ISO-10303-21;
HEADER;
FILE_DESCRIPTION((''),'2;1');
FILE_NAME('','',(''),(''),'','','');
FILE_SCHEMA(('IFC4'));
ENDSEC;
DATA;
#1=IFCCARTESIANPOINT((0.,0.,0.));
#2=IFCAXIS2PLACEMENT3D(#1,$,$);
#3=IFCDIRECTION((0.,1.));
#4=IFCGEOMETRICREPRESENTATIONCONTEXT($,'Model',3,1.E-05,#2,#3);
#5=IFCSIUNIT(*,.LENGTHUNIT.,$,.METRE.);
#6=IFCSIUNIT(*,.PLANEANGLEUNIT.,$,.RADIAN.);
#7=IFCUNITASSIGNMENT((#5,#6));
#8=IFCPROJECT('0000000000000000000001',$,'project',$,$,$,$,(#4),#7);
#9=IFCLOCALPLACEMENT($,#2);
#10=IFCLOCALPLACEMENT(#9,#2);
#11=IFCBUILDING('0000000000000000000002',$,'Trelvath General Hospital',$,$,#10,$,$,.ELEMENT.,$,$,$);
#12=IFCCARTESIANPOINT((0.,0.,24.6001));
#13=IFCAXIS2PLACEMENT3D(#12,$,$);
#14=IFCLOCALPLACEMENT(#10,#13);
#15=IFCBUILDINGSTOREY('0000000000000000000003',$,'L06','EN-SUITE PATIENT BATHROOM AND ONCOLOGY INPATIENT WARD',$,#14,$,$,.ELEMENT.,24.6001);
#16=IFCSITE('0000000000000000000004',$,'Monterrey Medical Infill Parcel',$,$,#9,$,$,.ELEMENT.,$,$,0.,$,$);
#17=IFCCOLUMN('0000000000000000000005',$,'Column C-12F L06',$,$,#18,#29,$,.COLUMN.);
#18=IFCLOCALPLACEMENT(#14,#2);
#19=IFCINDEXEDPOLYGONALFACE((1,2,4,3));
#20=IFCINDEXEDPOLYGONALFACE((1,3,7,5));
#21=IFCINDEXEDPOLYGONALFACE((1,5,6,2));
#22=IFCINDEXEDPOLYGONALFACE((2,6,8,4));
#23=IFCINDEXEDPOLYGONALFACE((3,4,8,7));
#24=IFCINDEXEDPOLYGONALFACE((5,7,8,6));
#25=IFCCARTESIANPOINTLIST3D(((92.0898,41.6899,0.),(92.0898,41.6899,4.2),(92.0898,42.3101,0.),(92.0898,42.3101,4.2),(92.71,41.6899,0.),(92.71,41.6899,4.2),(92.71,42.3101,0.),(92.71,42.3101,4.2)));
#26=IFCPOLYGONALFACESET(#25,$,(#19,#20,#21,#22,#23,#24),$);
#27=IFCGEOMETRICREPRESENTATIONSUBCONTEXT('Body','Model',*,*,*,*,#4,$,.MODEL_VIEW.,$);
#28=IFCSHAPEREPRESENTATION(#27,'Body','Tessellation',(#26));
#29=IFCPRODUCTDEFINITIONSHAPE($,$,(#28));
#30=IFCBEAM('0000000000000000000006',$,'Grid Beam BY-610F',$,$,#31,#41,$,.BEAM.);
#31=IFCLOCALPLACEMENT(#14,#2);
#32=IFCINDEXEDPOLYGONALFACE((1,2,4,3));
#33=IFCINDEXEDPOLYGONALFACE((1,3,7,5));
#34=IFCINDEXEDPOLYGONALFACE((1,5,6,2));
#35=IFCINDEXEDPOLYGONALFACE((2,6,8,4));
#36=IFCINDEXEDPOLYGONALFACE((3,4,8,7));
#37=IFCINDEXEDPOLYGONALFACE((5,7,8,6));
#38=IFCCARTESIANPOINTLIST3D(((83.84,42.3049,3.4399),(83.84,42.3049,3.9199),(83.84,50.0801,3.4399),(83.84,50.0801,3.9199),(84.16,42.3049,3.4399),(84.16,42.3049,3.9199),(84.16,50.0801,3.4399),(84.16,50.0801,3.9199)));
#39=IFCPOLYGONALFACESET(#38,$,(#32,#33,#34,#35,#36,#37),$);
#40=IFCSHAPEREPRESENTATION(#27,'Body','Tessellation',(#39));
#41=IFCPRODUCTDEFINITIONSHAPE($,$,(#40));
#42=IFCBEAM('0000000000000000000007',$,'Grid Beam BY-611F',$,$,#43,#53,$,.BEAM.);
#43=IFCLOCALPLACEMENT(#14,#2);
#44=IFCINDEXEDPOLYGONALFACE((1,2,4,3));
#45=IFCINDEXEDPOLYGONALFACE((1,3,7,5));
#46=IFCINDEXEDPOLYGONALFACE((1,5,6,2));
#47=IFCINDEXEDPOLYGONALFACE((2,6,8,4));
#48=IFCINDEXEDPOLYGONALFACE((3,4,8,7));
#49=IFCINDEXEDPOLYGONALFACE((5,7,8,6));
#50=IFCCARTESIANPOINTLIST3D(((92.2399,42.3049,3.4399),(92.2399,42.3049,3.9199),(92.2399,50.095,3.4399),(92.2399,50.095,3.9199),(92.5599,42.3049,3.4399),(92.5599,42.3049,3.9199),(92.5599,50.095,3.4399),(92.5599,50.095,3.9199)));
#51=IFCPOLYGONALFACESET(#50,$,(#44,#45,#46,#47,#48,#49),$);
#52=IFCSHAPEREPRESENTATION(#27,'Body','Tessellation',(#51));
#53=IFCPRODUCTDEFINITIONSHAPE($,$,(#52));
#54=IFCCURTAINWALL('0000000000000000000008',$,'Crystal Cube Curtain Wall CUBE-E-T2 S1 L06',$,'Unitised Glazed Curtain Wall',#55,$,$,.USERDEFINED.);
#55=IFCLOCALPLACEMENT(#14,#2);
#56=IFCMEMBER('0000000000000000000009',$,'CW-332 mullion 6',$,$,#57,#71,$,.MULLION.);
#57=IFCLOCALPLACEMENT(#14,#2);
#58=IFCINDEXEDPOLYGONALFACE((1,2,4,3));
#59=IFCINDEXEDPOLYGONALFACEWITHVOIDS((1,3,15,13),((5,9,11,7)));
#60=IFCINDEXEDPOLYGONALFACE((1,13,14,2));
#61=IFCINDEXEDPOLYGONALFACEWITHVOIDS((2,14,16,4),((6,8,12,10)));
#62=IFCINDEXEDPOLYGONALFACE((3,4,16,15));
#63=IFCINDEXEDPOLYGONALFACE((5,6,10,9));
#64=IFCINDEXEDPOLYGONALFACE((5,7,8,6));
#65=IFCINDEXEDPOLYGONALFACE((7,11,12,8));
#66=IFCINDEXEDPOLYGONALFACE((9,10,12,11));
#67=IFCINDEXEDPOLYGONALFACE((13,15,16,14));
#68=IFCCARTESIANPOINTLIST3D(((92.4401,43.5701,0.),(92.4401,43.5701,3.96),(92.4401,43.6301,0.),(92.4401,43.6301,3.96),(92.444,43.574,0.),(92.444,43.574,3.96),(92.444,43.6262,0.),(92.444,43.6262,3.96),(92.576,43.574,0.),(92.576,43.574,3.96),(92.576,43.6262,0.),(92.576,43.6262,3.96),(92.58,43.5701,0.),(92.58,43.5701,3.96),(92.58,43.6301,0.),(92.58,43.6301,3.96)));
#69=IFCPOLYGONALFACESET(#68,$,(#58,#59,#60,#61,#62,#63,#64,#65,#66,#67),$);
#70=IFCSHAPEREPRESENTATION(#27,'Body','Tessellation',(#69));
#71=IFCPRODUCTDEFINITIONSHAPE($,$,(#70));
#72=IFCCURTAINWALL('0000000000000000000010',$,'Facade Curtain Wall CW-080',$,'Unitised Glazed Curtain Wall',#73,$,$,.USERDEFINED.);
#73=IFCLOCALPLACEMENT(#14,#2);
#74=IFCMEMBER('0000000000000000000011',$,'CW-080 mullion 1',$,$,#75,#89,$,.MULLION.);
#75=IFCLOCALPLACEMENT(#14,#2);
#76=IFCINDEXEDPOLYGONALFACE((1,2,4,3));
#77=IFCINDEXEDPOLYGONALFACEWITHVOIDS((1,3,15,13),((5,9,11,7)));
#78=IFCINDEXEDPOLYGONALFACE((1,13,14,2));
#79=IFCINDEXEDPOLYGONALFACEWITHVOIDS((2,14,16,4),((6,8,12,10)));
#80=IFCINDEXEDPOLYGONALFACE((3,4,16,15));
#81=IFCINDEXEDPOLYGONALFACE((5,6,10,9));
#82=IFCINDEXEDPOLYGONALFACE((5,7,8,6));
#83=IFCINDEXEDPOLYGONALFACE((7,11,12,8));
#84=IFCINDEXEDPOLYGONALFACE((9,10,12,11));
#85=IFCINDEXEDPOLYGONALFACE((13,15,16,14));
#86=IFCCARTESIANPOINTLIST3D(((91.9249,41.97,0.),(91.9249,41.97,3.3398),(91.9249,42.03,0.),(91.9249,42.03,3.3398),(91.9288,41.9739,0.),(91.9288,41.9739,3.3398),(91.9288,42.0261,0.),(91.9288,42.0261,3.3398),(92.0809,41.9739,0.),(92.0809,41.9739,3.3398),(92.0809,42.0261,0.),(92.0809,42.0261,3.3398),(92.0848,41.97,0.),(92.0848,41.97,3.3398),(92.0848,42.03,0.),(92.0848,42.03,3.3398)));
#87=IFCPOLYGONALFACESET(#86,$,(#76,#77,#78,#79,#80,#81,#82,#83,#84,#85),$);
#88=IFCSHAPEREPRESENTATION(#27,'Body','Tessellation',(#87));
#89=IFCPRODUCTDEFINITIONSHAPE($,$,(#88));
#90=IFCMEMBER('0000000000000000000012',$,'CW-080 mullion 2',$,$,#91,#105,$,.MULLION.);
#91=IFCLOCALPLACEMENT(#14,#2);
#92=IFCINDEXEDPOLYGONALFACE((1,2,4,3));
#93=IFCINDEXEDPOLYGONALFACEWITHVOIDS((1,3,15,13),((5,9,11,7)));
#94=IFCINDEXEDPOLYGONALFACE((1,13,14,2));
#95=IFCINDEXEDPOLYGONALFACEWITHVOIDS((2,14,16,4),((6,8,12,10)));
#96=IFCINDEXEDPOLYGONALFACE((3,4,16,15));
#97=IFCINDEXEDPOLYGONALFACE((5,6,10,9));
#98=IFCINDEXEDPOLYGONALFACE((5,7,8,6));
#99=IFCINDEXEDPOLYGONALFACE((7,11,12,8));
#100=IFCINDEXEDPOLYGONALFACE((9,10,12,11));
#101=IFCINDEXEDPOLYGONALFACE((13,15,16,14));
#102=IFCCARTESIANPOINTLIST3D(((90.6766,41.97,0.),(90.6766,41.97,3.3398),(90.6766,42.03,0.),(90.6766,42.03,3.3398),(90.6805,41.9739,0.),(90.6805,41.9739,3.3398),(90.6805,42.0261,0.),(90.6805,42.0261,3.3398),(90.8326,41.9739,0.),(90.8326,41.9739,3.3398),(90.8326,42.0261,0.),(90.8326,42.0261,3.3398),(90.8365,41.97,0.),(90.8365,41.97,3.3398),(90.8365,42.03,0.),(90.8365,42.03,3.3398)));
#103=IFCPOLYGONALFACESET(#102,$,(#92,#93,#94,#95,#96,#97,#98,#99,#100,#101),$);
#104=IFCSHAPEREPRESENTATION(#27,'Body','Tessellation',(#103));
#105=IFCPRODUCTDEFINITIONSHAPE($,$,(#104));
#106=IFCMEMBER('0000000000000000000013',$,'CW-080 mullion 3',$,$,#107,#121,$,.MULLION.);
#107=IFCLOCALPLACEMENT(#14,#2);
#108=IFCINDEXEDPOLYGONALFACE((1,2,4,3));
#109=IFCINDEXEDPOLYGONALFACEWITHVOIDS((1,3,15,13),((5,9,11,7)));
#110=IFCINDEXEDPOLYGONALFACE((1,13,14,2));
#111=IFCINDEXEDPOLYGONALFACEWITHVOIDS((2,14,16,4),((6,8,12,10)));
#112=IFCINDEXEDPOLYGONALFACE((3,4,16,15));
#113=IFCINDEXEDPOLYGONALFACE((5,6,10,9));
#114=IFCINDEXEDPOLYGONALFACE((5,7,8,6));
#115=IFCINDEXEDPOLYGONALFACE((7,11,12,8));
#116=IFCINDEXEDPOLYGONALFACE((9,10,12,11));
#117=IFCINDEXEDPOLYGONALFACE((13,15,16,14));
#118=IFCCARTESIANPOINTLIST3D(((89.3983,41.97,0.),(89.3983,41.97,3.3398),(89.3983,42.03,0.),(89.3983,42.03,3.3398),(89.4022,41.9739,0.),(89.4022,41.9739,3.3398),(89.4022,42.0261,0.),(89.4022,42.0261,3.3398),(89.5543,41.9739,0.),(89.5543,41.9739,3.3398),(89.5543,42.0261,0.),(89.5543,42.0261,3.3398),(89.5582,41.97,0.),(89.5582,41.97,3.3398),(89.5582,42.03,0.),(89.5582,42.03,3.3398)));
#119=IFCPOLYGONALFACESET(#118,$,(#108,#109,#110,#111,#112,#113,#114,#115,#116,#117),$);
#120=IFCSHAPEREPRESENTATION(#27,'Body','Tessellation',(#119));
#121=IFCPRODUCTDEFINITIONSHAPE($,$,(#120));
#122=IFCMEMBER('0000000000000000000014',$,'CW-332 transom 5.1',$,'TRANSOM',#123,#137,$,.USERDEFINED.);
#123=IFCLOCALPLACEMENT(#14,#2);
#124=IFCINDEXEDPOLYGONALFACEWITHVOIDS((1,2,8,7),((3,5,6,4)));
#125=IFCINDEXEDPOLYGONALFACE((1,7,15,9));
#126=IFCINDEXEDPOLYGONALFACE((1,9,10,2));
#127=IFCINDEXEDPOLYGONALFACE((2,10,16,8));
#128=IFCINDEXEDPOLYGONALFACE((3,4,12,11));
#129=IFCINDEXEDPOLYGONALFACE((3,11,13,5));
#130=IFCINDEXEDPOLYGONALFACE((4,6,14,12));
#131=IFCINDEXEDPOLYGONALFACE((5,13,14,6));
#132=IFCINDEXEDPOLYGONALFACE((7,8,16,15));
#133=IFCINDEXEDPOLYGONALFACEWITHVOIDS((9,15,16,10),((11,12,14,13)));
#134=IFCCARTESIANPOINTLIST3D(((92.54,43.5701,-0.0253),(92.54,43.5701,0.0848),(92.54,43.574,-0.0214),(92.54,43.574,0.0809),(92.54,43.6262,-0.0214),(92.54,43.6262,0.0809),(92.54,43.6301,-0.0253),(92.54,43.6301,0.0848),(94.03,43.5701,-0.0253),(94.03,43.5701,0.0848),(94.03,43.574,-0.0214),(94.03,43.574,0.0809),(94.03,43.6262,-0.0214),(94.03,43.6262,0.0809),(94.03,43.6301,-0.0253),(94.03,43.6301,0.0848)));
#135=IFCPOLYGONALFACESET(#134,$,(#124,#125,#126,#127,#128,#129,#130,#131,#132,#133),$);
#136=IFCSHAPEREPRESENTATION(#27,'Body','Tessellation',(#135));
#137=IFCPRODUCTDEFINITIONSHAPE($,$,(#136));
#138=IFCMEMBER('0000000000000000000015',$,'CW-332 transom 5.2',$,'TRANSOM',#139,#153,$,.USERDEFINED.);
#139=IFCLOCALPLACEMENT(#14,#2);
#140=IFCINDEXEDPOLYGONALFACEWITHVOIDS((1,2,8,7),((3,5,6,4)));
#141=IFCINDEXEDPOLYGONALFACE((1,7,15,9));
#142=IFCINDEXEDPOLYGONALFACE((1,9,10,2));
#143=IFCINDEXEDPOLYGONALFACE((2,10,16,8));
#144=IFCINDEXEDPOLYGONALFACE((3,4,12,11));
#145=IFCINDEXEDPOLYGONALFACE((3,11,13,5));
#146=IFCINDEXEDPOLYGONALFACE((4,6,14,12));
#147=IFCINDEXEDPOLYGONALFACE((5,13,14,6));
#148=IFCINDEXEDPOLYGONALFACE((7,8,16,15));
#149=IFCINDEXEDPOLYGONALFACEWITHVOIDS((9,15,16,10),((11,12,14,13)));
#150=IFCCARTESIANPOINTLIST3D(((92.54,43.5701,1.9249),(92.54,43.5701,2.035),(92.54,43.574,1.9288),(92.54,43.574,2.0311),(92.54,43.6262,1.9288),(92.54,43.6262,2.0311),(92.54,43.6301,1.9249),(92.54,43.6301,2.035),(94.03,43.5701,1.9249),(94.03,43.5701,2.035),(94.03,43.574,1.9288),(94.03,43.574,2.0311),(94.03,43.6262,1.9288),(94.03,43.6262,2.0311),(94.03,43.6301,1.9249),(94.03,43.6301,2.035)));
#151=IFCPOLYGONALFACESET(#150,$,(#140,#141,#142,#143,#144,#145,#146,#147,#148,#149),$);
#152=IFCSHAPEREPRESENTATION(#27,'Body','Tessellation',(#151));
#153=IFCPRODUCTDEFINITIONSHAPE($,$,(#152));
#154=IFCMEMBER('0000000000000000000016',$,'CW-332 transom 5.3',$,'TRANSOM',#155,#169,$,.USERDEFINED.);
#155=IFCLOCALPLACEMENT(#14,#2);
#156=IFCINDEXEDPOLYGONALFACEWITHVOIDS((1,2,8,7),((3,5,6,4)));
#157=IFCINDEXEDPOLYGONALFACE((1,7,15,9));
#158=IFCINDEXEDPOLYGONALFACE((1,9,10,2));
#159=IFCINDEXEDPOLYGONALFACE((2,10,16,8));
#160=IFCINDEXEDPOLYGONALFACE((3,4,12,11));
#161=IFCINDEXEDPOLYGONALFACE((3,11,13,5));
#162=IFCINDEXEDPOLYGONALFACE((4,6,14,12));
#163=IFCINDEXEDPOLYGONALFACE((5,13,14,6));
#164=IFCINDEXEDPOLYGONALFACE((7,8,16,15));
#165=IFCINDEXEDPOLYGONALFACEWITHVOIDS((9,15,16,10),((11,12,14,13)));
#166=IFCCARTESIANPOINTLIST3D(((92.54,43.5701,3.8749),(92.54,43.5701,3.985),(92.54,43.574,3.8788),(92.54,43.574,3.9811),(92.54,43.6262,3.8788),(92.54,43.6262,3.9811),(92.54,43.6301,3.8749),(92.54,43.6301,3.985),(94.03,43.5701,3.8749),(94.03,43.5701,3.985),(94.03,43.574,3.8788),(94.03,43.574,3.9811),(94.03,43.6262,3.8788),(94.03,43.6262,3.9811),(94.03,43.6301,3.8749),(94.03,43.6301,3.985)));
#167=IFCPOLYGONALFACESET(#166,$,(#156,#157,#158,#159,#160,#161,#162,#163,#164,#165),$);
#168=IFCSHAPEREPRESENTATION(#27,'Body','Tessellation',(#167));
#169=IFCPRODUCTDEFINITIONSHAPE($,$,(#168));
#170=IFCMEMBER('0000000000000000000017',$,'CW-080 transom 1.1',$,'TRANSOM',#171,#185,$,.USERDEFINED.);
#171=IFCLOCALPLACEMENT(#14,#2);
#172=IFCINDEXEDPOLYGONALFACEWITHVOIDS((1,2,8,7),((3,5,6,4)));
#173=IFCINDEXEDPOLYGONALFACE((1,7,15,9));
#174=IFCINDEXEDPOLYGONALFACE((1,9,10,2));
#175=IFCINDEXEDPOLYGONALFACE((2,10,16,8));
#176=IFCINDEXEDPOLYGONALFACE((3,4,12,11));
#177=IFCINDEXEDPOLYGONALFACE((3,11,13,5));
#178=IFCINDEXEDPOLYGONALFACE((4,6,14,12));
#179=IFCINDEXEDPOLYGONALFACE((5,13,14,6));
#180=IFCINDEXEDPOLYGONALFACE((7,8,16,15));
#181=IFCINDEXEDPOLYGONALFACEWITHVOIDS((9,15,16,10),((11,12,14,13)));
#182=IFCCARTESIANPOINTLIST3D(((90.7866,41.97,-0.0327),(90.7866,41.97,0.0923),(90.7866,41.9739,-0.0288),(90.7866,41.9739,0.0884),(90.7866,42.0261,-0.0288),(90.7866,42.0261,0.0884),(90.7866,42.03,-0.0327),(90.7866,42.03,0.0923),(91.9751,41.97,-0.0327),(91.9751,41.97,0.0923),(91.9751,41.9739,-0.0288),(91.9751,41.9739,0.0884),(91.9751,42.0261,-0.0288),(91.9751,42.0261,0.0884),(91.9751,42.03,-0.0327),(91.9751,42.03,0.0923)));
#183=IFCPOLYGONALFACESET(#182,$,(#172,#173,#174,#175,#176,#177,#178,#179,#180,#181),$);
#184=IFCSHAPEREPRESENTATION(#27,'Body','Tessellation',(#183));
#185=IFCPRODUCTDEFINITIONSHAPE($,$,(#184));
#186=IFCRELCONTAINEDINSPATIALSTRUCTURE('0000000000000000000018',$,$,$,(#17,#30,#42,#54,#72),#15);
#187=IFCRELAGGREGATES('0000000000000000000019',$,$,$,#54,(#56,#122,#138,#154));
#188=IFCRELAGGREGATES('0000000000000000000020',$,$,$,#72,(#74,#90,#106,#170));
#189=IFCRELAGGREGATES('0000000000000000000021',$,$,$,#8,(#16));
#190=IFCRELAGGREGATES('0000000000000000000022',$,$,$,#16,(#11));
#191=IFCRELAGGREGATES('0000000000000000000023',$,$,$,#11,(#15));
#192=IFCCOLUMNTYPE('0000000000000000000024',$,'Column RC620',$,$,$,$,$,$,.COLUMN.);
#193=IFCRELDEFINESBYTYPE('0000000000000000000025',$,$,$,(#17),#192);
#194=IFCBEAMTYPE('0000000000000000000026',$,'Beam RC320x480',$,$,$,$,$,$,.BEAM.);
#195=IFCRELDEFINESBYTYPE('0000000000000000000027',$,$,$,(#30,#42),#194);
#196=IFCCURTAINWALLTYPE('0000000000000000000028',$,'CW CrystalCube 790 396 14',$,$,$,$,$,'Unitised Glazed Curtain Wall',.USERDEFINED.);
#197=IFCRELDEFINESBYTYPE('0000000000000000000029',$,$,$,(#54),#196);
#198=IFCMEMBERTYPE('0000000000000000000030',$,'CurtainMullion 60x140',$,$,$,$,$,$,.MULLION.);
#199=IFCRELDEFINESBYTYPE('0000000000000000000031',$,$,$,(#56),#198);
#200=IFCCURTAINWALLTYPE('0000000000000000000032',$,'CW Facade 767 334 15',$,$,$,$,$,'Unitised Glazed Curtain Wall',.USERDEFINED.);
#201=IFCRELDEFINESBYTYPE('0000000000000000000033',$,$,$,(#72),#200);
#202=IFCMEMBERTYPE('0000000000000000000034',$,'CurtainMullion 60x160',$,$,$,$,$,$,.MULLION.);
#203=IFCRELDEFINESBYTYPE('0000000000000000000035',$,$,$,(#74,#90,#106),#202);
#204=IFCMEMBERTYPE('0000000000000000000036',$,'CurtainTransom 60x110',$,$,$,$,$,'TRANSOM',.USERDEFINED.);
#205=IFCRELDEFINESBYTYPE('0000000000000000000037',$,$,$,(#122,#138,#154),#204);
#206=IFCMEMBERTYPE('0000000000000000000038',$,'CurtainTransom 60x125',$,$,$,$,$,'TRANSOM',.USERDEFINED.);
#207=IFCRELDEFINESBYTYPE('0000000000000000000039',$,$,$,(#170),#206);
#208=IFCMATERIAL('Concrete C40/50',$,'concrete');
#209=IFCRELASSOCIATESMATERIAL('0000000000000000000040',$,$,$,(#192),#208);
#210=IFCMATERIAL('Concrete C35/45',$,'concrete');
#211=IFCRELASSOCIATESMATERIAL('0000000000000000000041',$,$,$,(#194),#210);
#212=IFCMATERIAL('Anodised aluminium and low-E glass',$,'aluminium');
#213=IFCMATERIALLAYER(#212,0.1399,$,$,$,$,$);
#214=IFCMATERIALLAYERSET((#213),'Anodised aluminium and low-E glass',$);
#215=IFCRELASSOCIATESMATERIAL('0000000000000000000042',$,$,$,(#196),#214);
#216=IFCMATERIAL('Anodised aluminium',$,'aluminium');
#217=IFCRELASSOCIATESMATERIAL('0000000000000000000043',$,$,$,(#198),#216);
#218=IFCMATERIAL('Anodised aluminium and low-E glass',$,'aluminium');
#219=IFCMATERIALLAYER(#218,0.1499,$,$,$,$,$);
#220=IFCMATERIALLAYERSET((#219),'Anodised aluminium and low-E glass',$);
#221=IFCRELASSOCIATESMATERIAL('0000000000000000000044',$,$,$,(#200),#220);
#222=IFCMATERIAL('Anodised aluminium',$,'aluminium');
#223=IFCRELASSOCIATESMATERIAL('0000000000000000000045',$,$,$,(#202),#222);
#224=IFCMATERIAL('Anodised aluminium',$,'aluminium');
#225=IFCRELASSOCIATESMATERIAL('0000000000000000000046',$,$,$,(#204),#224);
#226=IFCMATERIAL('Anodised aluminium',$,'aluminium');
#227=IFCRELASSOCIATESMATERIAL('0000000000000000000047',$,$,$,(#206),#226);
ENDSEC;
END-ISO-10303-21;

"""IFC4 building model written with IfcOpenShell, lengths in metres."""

from ifc_helpers import new_model, si_unit, direction, frame, origin, origin_2d, place, context, subcontext, project, spatial, rectangle, hollow_rectangle, extrude, material, layer, layer_set, material_profile, profile_set, type_object, element, aggregate, save


model = new_model("IFC4")

# Units and contexts
model_context = context("Model", 3, precision=1e-05, world=origin(), true_north=direction((0.0, 1.0)))
body_context = subcontext(model_context, "Body", "Model", "MODEL_VIEW")
ifc_project = project(units=[si_unit("LENGTHUNIT", "METRE"), si_unit("PLANEANGLEUNIT", "RADIAN")], contexts=[model_context])

# Site, building, storey
site_placement = place(None, origin())
site = spatial("IfcSite", under=ifc_project, at=site_placement, Name="Monterrey Medical Infill Parcel", CompositionType="ELEMENT", RefElevation=0.0)
building_placement = place(site_placement, origin())
building = spatial("IfcBuilding", under=site, at=building_placement, Name="Trelvath General Hospital", CompositionType="ELEMENT")
storey_placement = place(building_placement, frame((0.0, 0.0, 24.6001)))
storey = spatial("IfcBuildingStorey", under=building, at=storey_placement, Name="L06", Description="EN-SUITE PATIENT BATHROOM AND ONCOLOGY INPATIENT WARD", CompositionType="ELEMENT", Elevation=24.6001)

# Column
ifc_material_1 = material(Name="Concrete C40/50", Category="concrete")
ifc_material_profile_1 = material_profile(ifc_material_1, rectangle(XDim=0.6201, YDim=0.6201, at=origin_2d()), Name="RC620x620")
ifc_profile_set_1 = profile_set([ifc_material_profile_1], Name="Concrete C40/50")
column_type = type_object("IfcColumnType", Name="Column RC620", PredefinedType="COLUMN", material=ifc_profile_set_1)
column_placement = place(storey_placement, frame((92.3999, 42.0, 0.0), z_axis=(0.0, 0.0, 1.0), x_axis=(1.0, 0.0, 0.0)))
element("IfcColumn", 1, at=column_placement, inside=storey, type_object=column_type, Name="Column C-12F L06", PredefinedType="COLUMN", context=body_context, shape_type="SweptSolid", body=[
    extrude(rectangle(XDim=0.6201, YDim=0.6201, at=origin_2d()), origin(), (0.0, 0.0, 1.0), 4.2),
])

# Beams
ifc_material_2 = material(Name="Concrete C35/45", Category="concrete")
ifc_material_profile_2 = material_profile(ifc_material_2, rectangle(XDim=0.3201, YDim=0.48, at=origin_2d()), Name="RCB320x480")
ifc_profile_set_2 = profile_set([ifc_material_profile_2], Name="Concrete C35/45")
beam_type = type_object("IfcBeamType", Name="Beam RC320x480", PredefinedType="BEAM", material=ifc_profile_set_2)
beam_1_placement = place(storey_placement, frame((84.0, 42.3049, 3.6799), z_axis=(0.0, 1.0, 0.0), x_axis=(-1.0, 0.0, 0.0)))
element("IfcBeam", 2, at=beam_1_placement, inside=storey, type_object=beam_type, Name="Grid Beam BY-610F", PredefinedType="BEAM", context=body_context, shape_type="SweptSolid", body=[
    extrude(rectangle(XDim=0.3201, YDim=0.48, at=origin_2d()), origin(), (0.0, 0.0, 1.0), 7.7751),
])
beam_2_placement = place(storey_placement, frame((92.3999, 42.3049, 3.6799), z_axis=(0.0, 1.0, 0.0), x_axis=(-1.0, 0.0, 0.0)))
element("IfcBeam", 3, at=beam_2_placement, inside=storey, type_object=beam_type, Name="Grid Beam BY-611F", PredefinedType="BEAM", context=body_context, shape_type="SweptSolid", body=[
    extrude(rectangle(XDim=0.3201, YDim=0.48, at=origin_2d()), origin(), (0.0, 0.0, 1.0), 7.79),
])

# Curtain wall, member
ifc_material_3 = material(Name="Anodised aluminium and low-E glass", Category="aluminium")
ifc_layer_1 = layer(ifc_material_3, 0.1399)
ifc_layer_set_1 = layer_set([ifc_layer_1], Name="Anodised aluminium and low-E glass")
curtain_wall_type_1 = type_object("IfcCurtainWallType", Name="CW CrystalCube 790 396 14", ElementType="Unitised Glazed Curtain Wall", PredefinedType="USERDEFINED", material=ifc_layer_set_1)
curtain_wall_1_placement = place(storey_placement, origin())
curtain_wall_1 = element("IfcCurtainWall", 4, at=curtain_wall_1_placement, inside=storey, type_object=curtain_wall_type_1, Name="Crystal Cube Curtain Wall CUBE-E-T2 S1 L06", ObjectType="Unitised Glazed Curtain Wall", PredefinedType="USERDEFINED")
ifc_material_4 = material(Name="Anodised aluminium", Category="aluminium")
ifc_material_profile_3 = material_profile(ifc_material_4, hollow_rectangle(XDim=0.0601, YDim=0.1399, WallThickness=0.0039, at=origin_2d()), Name="RHS60x140x4")
ifc_profile_set_3 = profile_set([ifc_material_profile_3], Name="Anodised aluminium")
member_type_1 = type_object("IfcMemberType", Name="CurtainMullion 60x140", PredefinedType="MULLION", material=ifc_profile_set_3)
member_1_placement = place(storey_placement, frame((92.51, 43.6001, 0.0), z_axis=(0.0, 0.0, 1.0), x_axis=(0.0, -1.0, 0.0)))
member_1 = element("IfcMember", 5, at=member_1_placement, type_object=member_type_1, Name="CW-332 mullion 6", PredefinedType="MULLION", context=body_context, shape_type="SweptSolid", body=[
    extrude(hollow_rectangle(XDim=0.0601, YDim=0.1399, WallThickness=0.0039, at=origin_2d()), origin(), (0.0, 0.0, 1.0), 3.96),
])

# Curtain wall, members
ifc_material_5 = material(Name="Anodised aluminium and low-E glass", Category="aluminium")
ifc_layer_2 = layer(ifc_material_5, 0.1499)
ifc_layer_set_2 = layer_set([ifc_layer_2], Name="Anodised aluminium and low-E glass")
curtain_wall_type_2 = type_object("IfcCurtainWallType", Name="CW Facade 767 334 15", ElementType="Unitised Glazed Curtain Wall", PredefinedType="USERDEFINED", material=ifc_layer_set_2)
curtain_wall_2_placement = place(storey_placement, origin())
curtain_wall_2 = element("IfcCurtainWall", 6, at=curtain_wall_2_placement, inside=storey, type_object=curtain_wall_type_2, Name="Facade Curtain Wall CW-080", ObjectType="Unitised Glazed Curtain Wall", PredefinedType="USERDEFINED")
ifc_material_6 = material(Name="Anodised aluminium", Category="aluminium")
ifc_material_profile_4 = material_profile(ifc_material_6, hollow_rectangle(XDim=0.0601, YDim=0.1599, WallThickness=0.0039, at=origin_2d()), Name="RHS60x160x4")
ifc_profile_set_4 = profile_set([ifc_material_profile_4], Name="Anodised aluminium")
member_type_2 = type_object("IfcMemberType", Name="CurtainMullion 60x160", PredefinedType="MULLION", material=ifc_profile_set_4)
member_2_placement = place(storey_placement, frame((92.0049, 42.0, 0.0), z_axis=(0.0, 0.0, 1.0), x_axis=(0.0, -1.0, 0.0)))
member_2 = element("IfcMember", 7, at=member_2_placement, type_object=member_type_2, Name="CW-080 mullion 1", PredefinedType="MULLION", context=body_context, shape_type="SweptSolid", body=[
    extrude(hollow_rectangle(XDim=0.0601, YDim=0.1599, WallThickness=0.0039, at=origin_2d()), origin(), (0.0, 0.0, 1.0), 3.3398),
])
member_3_placement = place(storey_placement, frame((90.7566, 42.0, 0.0), z_axis=(0.0, 0.0, 1.0), x_axis=(0.0, -1.0, 0.0)))
member_3 = element("IfcMember", 8, at=member_3_placement, type_object=member_type_2, Name="CW-080 mullion 2", PredefinedType="MULLION", context=body_context, shape_type="SweptSolid", body=[
    extrude(hollow_rectangle(XDim=0.0601, YDim=0.1599, WallThickness=0.0039, at=origin_2d()), origin(), (0.0, 0.0, 1.0), 3.3398),
])
member_4_placement = place(storey_placement, frame((89.4783, 42.0, 0.0), z_axis=(0.0, 0.0, 1.0), x_axis=(0.0, -1.0, 0.0)))
member_4 = element("IfcMember", 9, at=member_4_placement, type_object=member_type_2, Name="CW-080 mullion 3", PredefinedType="MULLION", context=body_context, shape_type="SweptSolid", body=[
    extrude(hollow_rectangle(XDim=0.0601, YDim=0.1599, WallThickness=0.0039, at=origin_2d()), origin(), (0.0, 0.0, 1.0), 3.3398),
])

# Members
ifc_material_7 = material(Name="Anodised aluminium", Category="aluminium")
ifc_material_profile_5 = material_profile(ifc_material_7, hollow_rectangle(XDim=0.0601, YDim=0.1101, WallThickness=0.0039, at=origin_2d()), Name="RHS60x110x4")
ifc_profile_set_5 = profile_set([ifc_material_profile_5], Name="Anodised aluminium")
member_type_3 = type_object("IfcMemberType", Name="CurtainTransom 60x110", ElementType="TRANSOM", PredefinedType="USERDEFINED", material=ifc_profile_set_5)
member_5_placement = place(storey_placement, frame((94.03, 43.6001, 0.0298), z_axis=(-1.0, 0.0, 0.0), x_axis=(0.0, -1.0, 0.0)))
member_5 = element("IfcMember", 10, at=member_5_placement, type_object=member_type_3, Name="CW-332 transom 5.1", ObjectType="TRANSOM", PredefinedType="USERDEFINED", context=body_context, shape_type="SweptSolid", body=[
    extrude(hollow_rectangle(XDim=0.0601, YDim=0.1101, WallThickness=0.0039, at=origin_2d()), origin(), (0.0, 0.0, 1.0), 1.49),
])
member_6_placement = place(storey_placement, frame((94.03, 43.6001, 1.98), z_axis=(-1.0, 0.0, 0.0), x_axis=(0.0, -1.0, 0.0)))
member_6 = element("IfcMember", 11, at=member_6_placement, type_object=member_type_3, Name="CW-332 transom 5.2", ObjectType="TRANSOM", PredefinedType="USERDEFINED", context=body_context, shape_type="SweptSolid", body=[
    extrude(hollow_rectangle(XDim=0.0601, YDim=0.1101, WallThickness=0.0039, at=origin_2d()), origin(), (0.0, 0.0, 1.0), 1.49),
])
member_7_placement = place(storey_placement, frame((94.03, 43.6001, 3.9299), z_axis=(-1.0, 0.0, 0.0), x_axis=(0.0, -1.0, 0.0)))
member_7 = element("IfcMember", 12, at=member_7_placement, type_object=member_type_3, Name="CW-332 transom 5.3", ObjectType="TRANSOM", PredefinedType="USERDEFINED", context=body_context, shape_type="SweptSolid", body=[
    extrude(hollow_rectangle(XDim=0.0601, YDim=0.1101, WallThickness=0.0039, at=origin_2d()), origin(), (0.0, 0.0, 1.0), 1.49),
])
ifc_material_8 = material(Name="Anodised aluminium", Category="aluminium")
ifc_material_profile_6 = material_profile(ifc_material_8, hollow_rectangle(XDim=0.0601, YDim=0.125, WallThickness=0.0039, at=origin_2d()), Name="RHS60x125x4")
ifc_profile_set_6 = profile_set([ifc_material_profile_6], Name="Anodised aluminium")
member_type_4 = type_object("IfcMemberType", Name="CurtainTransom 60x125", ElementType="TRANSOM", PredefinedType="USERDEFINED", material=ifc_profile_set_6)
member_8_placement = place(storey_placement, frame((91.9751, 42.0, 0.0298), z_axis=(-1.0, 0.0, 0.0), x_axis=(0.0, -1.0, 0.0)))
member_8 = element("IfcMember", 13, at=member_8_placement, type_object=member_type_4, Name="CW-080 transom 1.1", ObjectType="TRANSOM", PredefinedType="USERDEFINED", context=body_context, shape_type="SweptSolid", body=[
    extrude(hollow_rectangle(XDim=0.0601, YDim=0.125, WallThickness=0.0039, at=origin_2d()), origin(), (0.0, 0.0, 1.0), 1.1885),
])

aggregate(curtain_wall_1, [member_1, member_5, member_6, member_7])
aggregate(curtain_wall_2, [member_2, member_3, member_4, member_8])

save(model, "model.ifc")
